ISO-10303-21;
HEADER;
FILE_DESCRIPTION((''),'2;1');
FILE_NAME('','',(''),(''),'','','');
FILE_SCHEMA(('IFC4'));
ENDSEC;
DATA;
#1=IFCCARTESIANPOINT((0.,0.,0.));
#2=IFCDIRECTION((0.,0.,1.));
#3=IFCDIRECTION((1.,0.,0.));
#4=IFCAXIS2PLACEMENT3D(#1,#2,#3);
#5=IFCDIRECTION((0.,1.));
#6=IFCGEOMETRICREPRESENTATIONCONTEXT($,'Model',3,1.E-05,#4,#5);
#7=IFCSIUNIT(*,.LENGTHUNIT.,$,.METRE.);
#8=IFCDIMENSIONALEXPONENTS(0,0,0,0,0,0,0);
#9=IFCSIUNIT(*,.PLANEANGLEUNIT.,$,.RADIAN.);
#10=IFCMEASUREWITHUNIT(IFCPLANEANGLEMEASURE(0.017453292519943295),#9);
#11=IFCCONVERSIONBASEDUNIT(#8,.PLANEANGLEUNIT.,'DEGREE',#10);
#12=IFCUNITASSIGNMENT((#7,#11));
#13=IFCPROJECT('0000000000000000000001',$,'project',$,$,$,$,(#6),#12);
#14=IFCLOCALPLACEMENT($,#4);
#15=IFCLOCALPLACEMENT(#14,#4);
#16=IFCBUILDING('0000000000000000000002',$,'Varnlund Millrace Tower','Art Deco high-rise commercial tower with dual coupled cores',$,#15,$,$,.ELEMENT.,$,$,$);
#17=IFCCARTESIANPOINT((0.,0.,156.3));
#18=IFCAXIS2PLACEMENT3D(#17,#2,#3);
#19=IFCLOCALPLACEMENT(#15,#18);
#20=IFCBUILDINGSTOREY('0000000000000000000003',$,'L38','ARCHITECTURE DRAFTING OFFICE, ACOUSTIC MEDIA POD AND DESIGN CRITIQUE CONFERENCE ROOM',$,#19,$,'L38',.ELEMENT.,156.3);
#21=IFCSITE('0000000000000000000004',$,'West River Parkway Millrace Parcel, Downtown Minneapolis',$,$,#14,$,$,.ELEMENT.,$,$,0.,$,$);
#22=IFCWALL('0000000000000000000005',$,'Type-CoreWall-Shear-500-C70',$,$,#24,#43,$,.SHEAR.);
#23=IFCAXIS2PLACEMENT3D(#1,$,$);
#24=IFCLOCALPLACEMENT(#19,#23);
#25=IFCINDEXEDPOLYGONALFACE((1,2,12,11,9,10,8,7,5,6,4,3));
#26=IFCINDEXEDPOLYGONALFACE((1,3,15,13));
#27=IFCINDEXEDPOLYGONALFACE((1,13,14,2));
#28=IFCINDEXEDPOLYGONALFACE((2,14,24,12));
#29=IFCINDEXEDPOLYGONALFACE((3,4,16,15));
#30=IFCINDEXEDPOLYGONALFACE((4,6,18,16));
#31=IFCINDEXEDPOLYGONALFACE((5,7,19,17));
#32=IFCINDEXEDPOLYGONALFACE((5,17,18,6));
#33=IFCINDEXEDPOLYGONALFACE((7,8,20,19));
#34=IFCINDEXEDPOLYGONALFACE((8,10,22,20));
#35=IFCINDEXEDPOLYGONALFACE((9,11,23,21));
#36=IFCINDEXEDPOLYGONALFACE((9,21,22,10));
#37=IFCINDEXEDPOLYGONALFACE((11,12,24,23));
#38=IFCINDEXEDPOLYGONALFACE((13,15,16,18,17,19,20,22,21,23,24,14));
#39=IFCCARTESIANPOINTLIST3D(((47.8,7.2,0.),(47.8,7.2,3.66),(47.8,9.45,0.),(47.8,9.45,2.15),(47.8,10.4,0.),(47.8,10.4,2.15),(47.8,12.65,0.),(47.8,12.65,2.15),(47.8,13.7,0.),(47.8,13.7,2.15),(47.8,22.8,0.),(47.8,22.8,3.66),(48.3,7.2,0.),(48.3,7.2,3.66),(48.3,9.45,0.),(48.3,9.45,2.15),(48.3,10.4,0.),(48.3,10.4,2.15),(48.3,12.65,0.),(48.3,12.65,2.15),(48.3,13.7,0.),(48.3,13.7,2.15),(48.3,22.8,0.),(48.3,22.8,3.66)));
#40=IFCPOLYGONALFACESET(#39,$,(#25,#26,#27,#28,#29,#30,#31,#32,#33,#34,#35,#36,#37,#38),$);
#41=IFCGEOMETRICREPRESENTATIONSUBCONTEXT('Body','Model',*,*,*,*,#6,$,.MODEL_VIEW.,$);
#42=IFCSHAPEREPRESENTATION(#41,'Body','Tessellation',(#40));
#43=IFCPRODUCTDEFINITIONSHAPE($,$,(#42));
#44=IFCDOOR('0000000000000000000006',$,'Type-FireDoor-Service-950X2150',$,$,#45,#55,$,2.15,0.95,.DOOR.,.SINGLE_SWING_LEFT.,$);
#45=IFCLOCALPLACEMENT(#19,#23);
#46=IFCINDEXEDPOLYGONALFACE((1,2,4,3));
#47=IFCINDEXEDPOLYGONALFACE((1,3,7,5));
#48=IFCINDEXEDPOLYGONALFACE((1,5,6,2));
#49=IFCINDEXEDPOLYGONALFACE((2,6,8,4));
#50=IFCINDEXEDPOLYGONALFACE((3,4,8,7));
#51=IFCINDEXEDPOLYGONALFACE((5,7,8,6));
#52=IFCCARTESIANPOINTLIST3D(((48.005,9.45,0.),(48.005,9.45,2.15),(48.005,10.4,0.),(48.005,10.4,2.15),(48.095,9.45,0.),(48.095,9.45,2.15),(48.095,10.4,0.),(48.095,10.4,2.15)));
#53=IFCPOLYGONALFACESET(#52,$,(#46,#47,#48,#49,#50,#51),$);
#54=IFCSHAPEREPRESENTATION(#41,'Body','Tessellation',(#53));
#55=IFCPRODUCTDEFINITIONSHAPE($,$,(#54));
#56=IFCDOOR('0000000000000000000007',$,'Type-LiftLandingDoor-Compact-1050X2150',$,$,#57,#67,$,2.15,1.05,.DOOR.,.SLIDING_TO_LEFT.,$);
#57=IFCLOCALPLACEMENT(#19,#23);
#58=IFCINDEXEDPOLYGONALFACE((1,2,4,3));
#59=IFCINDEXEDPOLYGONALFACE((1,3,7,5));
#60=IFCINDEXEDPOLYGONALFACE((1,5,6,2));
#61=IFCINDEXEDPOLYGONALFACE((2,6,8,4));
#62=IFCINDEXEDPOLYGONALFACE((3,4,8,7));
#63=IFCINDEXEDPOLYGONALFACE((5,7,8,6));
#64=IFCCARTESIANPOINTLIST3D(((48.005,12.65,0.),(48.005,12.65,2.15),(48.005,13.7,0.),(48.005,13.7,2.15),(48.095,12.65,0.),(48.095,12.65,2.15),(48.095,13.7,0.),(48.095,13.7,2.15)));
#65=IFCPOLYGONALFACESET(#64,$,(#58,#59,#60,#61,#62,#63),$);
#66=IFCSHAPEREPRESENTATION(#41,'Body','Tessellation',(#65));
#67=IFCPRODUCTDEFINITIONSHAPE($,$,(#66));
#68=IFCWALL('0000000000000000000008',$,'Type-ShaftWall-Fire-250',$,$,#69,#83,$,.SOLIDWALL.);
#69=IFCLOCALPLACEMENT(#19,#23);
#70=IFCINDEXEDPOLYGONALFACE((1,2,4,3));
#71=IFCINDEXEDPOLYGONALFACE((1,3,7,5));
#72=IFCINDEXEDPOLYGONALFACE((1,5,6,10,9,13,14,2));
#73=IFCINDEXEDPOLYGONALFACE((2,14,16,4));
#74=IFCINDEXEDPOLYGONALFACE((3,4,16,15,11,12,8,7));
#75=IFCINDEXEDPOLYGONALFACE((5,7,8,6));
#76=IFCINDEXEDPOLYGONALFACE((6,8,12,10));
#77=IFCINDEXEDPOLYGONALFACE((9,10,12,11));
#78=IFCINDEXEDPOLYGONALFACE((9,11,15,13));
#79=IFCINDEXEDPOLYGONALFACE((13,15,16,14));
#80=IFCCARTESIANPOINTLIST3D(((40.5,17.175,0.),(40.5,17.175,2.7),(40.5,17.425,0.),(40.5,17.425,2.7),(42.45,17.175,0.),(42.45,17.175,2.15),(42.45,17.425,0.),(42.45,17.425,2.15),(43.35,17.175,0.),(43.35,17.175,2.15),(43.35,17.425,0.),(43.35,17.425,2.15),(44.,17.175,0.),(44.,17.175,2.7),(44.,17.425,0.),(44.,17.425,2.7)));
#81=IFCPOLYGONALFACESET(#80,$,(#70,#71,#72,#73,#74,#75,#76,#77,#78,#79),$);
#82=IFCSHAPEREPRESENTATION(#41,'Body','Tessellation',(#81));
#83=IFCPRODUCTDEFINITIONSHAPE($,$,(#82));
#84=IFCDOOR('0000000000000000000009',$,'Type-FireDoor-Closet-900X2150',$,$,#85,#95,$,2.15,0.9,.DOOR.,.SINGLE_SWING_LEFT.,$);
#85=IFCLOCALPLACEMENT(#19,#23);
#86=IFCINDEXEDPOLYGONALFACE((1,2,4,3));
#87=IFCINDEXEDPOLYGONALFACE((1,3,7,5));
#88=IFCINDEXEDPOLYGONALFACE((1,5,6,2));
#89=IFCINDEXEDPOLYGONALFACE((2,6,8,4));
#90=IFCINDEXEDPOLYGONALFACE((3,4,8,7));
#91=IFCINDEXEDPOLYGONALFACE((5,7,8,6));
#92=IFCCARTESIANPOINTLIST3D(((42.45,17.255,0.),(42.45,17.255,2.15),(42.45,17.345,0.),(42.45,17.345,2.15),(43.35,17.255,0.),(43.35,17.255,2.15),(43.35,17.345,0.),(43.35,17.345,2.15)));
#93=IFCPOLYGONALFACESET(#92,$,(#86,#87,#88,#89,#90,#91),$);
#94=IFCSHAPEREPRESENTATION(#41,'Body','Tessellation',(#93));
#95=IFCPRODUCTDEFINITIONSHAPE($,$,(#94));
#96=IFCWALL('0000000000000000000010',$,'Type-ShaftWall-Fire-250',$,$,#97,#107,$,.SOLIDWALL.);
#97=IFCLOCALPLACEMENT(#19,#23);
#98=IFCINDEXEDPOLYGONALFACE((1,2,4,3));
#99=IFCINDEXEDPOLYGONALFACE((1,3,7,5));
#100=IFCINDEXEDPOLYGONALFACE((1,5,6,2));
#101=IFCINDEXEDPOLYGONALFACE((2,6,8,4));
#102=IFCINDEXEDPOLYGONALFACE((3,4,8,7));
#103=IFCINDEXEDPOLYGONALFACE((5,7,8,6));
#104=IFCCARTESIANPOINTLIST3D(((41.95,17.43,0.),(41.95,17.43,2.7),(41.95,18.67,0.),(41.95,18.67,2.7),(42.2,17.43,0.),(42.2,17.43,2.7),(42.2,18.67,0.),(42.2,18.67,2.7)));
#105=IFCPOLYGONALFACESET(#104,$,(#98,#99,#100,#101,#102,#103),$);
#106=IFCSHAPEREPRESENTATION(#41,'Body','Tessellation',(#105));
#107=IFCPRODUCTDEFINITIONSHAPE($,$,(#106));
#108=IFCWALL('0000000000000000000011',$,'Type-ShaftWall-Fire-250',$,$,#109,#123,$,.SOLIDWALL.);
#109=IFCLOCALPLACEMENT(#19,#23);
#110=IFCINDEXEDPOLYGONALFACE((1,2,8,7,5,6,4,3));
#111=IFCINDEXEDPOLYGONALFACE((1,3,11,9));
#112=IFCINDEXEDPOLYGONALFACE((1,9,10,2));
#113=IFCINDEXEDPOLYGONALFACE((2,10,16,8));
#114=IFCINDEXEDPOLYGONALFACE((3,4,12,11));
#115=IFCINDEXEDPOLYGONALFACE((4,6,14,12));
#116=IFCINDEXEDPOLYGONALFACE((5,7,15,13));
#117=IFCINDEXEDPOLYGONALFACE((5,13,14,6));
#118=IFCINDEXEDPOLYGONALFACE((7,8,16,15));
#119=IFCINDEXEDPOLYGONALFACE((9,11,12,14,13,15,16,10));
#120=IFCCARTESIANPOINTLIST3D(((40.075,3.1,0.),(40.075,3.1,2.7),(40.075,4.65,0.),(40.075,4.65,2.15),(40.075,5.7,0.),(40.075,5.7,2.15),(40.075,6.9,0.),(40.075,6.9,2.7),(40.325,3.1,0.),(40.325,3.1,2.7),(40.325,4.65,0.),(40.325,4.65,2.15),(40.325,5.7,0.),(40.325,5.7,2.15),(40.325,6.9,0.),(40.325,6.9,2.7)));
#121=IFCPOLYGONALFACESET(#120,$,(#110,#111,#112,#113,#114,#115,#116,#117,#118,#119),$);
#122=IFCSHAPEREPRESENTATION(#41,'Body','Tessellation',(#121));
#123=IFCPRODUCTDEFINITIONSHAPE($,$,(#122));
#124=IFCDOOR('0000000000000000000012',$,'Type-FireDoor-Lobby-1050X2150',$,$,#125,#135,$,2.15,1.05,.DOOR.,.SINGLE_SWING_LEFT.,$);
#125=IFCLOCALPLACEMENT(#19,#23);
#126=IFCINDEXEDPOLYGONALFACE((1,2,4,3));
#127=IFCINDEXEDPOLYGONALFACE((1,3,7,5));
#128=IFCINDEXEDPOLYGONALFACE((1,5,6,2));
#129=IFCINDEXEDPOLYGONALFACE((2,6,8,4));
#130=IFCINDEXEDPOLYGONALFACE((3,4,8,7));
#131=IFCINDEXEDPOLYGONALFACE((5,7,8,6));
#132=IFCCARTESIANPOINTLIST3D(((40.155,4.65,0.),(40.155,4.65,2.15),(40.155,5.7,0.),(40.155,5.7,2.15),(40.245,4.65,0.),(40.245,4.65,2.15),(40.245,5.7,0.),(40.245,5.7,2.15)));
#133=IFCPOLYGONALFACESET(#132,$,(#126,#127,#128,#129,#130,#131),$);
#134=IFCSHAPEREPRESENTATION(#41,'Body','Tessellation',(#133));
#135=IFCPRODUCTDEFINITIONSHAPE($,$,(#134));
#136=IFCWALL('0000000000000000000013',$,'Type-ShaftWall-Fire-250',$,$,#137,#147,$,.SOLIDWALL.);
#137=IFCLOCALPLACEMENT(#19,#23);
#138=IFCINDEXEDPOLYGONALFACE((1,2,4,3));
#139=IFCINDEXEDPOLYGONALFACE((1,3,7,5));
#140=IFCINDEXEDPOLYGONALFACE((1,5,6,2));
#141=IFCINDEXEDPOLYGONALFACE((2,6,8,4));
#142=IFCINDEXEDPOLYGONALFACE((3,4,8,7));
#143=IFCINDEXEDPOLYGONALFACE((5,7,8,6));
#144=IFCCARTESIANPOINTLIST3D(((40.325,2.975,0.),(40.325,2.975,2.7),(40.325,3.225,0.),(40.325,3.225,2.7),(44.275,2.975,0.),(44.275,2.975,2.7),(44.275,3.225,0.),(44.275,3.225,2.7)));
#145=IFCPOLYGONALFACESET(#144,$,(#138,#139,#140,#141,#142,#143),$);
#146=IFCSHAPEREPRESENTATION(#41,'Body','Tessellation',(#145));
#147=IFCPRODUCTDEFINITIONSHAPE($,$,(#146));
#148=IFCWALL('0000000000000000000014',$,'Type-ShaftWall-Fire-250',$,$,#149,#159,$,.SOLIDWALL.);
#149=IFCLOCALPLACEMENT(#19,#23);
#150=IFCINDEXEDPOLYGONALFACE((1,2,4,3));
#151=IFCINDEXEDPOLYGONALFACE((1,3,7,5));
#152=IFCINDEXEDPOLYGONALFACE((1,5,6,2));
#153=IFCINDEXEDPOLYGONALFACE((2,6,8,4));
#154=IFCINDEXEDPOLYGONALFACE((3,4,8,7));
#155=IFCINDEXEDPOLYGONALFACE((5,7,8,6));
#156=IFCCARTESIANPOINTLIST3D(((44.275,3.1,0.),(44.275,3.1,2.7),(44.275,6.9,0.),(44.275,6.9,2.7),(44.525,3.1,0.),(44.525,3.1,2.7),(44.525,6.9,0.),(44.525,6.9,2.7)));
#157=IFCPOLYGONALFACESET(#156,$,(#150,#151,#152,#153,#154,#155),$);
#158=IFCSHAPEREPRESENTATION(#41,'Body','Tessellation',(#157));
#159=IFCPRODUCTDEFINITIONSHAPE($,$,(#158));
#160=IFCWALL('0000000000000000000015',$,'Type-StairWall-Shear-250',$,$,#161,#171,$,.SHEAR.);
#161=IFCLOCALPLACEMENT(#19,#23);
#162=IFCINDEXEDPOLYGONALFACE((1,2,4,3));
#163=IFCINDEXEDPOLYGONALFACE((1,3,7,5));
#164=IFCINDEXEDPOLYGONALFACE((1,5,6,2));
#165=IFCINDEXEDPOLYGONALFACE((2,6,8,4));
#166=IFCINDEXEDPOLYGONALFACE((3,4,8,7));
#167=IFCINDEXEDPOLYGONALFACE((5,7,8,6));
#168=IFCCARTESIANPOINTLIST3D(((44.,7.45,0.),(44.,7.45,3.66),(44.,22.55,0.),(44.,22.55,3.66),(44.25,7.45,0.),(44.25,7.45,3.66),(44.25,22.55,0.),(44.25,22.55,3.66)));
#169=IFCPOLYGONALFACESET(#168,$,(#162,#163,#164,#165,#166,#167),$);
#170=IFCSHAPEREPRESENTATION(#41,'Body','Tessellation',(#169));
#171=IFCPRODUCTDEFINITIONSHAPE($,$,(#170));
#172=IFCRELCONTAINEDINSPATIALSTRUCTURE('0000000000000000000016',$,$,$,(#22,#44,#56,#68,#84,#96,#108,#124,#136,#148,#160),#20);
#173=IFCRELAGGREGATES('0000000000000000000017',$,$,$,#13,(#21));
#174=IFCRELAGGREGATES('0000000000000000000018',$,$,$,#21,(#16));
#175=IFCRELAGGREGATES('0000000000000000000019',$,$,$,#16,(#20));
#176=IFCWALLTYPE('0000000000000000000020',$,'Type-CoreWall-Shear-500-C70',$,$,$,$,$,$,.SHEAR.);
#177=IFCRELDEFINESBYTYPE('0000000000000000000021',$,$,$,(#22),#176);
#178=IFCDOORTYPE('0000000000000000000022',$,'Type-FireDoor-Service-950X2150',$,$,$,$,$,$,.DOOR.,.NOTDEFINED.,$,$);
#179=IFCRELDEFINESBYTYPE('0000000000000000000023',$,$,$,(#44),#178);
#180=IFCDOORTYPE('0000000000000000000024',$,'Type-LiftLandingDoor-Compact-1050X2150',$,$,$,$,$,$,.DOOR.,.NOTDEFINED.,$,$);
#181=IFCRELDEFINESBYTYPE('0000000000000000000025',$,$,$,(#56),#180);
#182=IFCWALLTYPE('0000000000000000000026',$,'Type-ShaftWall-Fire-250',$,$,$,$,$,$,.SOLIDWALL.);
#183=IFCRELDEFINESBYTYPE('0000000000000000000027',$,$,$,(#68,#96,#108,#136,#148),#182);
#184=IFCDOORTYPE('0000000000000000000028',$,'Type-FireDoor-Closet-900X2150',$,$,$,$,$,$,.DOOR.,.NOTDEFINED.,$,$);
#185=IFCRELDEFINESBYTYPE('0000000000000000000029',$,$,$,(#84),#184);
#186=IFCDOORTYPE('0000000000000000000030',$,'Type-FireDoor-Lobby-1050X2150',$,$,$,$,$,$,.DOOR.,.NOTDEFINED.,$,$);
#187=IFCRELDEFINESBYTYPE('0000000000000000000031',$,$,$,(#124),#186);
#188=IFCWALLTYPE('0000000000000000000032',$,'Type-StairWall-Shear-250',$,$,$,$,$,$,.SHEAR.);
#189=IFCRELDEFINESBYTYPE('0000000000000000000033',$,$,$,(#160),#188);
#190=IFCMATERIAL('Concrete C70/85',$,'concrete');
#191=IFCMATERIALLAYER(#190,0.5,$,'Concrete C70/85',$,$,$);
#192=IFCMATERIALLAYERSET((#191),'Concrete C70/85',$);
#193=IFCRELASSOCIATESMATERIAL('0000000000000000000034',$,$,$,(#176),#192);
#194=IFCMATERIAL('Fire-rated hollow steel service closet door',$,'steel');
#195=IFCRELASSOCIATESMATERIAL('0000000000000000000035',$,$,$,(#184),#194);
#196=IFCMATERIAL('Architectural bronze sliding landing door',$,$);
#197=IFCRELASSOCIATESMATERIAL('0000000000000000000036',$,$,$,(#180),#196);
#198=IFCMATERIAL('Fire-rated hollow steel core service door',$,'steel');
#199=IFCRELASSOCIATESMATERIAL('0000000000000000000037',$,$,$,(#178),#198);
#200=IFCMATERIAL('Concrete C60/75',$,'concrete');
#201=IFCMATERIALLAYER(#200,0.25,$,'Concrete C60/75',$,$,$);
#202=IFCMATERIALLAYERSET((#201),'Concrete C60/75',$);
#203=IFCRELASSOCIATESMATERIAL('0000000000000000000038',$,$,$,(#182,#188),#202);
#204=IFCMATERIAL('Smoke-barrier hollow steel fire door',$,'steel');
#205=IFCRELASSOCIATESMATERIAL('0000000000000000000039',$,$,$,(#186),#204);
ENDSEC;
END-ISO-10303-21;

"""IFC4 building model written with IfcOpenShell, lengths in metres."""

from ifc_helpers import new_model, entity, si_unit, converted_unit, direction, frame, origin_with_axes, origin_2d_with_axis, place, context, subcontext, project, spatial, polyline, rectangle, outline, extrude, material, layer, layer_set, type_object, element, fill, save


model = new_model("IFC4")

# Units and contexts
model_context = context("Model", 3, precision=1e-05, world=origin_with_axes(), true_north=direction((0.0, 1.0)))
body_context = subcontext(model_context, "Body", "Model", "MODEL_VIEW")
ifc_project = project(units=[si_unit("LENGTHUNIT", "METRE"), converted_unit("PLANEANGLEUNIT", "DEGREE", entity("IfcPlaneAngleMeasure", 0.017453292519943295), si_unit("PLANEANGLEUNIT", "RADIAN"), dimensions=[0, 0, 0, 0, 0, 0, 0])], contexts=[model_context])

# Site, building, storey
site_placement = place(None, origin_with_axes())
site = spatial("IfcSite", under=ifc_project, at=site_placement, Name="West River Parkway Millrace Parcel, Downtown Minneapolis", CompositionType="ELEMENT", RefElevation=0.0)
building_placement = place(site_placement, origin_with_axes())
building = spatial("IfcBuilding", under=site, at=building_placement, Name="Varnlund Millrace Tower", Description="Art Deco high-rise commercial tower with dual coupled cores", CompositionType="ELEMENT")
storey_placement = place(building_placement, frame((0.0, 0.0, 156.3), z_axis=(0.0, 0.0, 1.0), x_axis=(1.0, 0.0, 0.0)))
storey = spatial("IfcBuildingStorey", under=building, at=storey_placement, Name="L38", Description="ARCHITECTURE DRAFTING OFFICE, ACOUSTIC MEDIA POD AND DESIGN CRITIQUE CONFERENCE ROOM", LongName="L38", CompositionType="ELEMENT", Elevation=156.3)

# Shared definitions
ifc_material_1 = material(Name="Concrete C70/85", Category="concrete")

# Shared definitions
ifc_layer_1 = layer(ifc_material_1, 0.5, Name="Concrete C70/85")
ifc_layer_set_1 = layer_set([ifc_layer_1], Name="Concrete C70/85")
wall_type_1 = type_object("IfcWallType", Name="Type-CoreWall-Shear-500-C70", PredefinedType="SHEAR", material=ifc_layer_set_1)
ifc_material_2 = material(Name="Fire-rated hollow steel service closet door", Category="steel")
door_type_1 = type_object("IfcDoorType", Name="Type-FireDoor-Closet-900X2150", OperationType="NOTDEFINED", PredefinedType="DOOR", material=ifc_material_2)
ifc_material_3 = material(Name="Architectural bronze sliding landing door")
door_type_2 = type_object("IfcDoorType", Name="Type-LiftLandingDoor-Compact-1050X2150", OperationType="NOTDEFINED", PredefinedType="DOOR", material=ifc_material_3)

# Wall, openings, doors
wall_1_placement = place(storey_placement, frame((48.05, 7.2, 0.0), z_axis=(0.0, 0.0, 1.0), x_axis=(0.0, 1.0, 0.0)))
wall_1 = element("IfcWall", 1, at=wall_1_placement, inside=storey, type_object=wall_type_1, Name="Type-CoreWall-Shear-500-C70", PredefinedType="SHEAR", context=body_context, shape_type="SweptSolid", body=[
    extrude(outline(polyline([(0.0, -0.25), (15.6, -0.25), (15.6, 0.25), (0.0, 0.25), (0.0, -0.25)])), origin_with_axes(), (0.0, 0.0, 1.0), 3.66),
])
opening_1_placement = place(wall_1_placement, frame((5.975, 0.0, 0.0), z_axis=(0.0, 0.0, 1.0), x_axis=(1.0, 0.0, 0.0)))
opening_1 = element("IfcOpeningElement", 2, at=opening_1_placement, cuts=wall_1, PredefinedType="OPENING", context=body_context, shape_type="SweptSolid", body=[
    extrude(rectangle(XDim=1.05, YDim=0.52, at=origin_2d_with_axis()), origin_with_axes(), (0.0, 0.0, 1.0), 2.15),
])
opening_2_placement = place(wall_1_placement, frame((2.725, 0.0, 0.0), z_axis=(0.0, 0.0, 1.0), x_axis=(1.0, 0.0, 0.0)))
opening_2 = element("IfcOpeningElement", 3, at=opening_2_placement, cuts=wall_1, PredefinedType="OPENING", context=body_context, shape_type="SweptSolid", body=[
    extrude(rectangle(XDim=0.95, YDim=0.52, at=origin_2d_with_axis()), origin_with_axes(), (0.0, 0.0, 1.0), 2.15),
])
ifc_material_4 = material(Name="Fire-rated hollow steel core service door", Category="steel")
door_type_3 = type_object("IfcDoorType", Name="Type-FireDoor-Service-950X2150", OperationType="NOTDEFINED", PredefinedType="DOOR", material=ifc_material_4)
door_1_placement = place(wall_1_placement, frame((2.725, 0.0, 0.0), z_axis=(0.0, 0.0, 1.0), x_axis=(1.0, 0.0, 0.0)))
door_1 = element("IfcDoor", 4, at=door_1_placement, inside=storey, type_object=door_type_3, Name="Type-FireDoor-Service-950X2150", OperationType="SINGLE_SWING_LEFT", OverallHeight=2.15, OverallWidth=0.95, PredefinedType="DOOR", context=body_context, shape_type="SweptSolid", body=[
    extrude(rectangle(XDim=0.95, YDim=0.09, at=origin_2d_with_axis()), origin_with_axes(), (0.0, 0.0, 1.0), 2.15),
])
fill(opening_2, door_1)
door_2_placement = place(wall_1_placement, frame((5.975, 0.0, 0.0), z_axis=(0.0, 0.0, 1.0), x_axis=(1.0, 0.0, 0.0)))
door_2 = element("IfcDoor", 5, at=door_2_placement, inside=storey, type_object=door_type_2, Name="Type-LiftLandingDoor-Compact-1050X2150", OperationType="SLIDING_TO_LEFT", OverallHeight=2.15, OverallWidth=1.05, PredefinedType="DOOR", context=body_context, shape_type="SweptSolid", body=[
    extrude(rectangle(XDim=1.05, YDim=0.09, at=origin_2d_with_axis()), origin_with_axes(), (0.0, 0.0, 1.0), 2.15),
])
fill(opening_1, door_2)

# Wall, opening, door
ifc_material_5 = material(Name="Concrete C60/75", Category="concrete")
ifc_layer_2 = layer(ifc_material_5, 0.25, Name="Concrete C60/75")
ifc_layer_set_2 = layer_set([ifc_layer_2], Name="Concrete C60/75")
wall_type_2 = type_object("IfcWallType", Name="Type-ShaftWall-Fire-250", PredefinedType="SOLIDWALL", material=ifc_layer_set_2)
wall_2_placement = place(storey_placement, frame((40.5, 17.3, 0.0), z_axis=(0.0, 0.0, 1.0), x_axis=(1.0, 0.0, 0.0)))
wall_2 = element("IfcWall", 6, at=wall_2_placement, inside=storey, type_object=wall_type_2, Name="Type-ShaftWall-Fire-250", PredefinedType="SOLIDWALL", context=body_context, shape_type="SweptSolid", body=[
    extrude(outline(polyline([(0.0, -0.125), (3.5, -0.125), (3.5, 0.125), (0.0, 0.125), (0.0, -0.125)])), origin_with_axes(), (0.0, 0.0, 1.0), 2.7),
])
opening_3_placement = place(wall_2_placement, frame((2.4, 0.0, 0.0), z_axis=(0.0, 0.0, 1.0), x_axis=(1.0, 0.0, 0.0)))
opening_3 = element("IfcOpeningElement", 7, at=opening_3_placement, cuts=wall_2, PredefinedType="OPENING", context=body_context, shape_type="SweptSolid", body=[
    extrude(rectangle(XDim=0.9, YDim=0.27, at=origin_2d_with_axis()), origin_with_axes(), (0.0, 0.0, 1.0), 2.15),
])
door_3_placement = place(wall_2_placement, frame((2.4, 0.0, 0.0), z_axis=(0.0, 0.0, 1.0), x_axis=(1.0, 0.0, 0.0)))
door_3 = element("IfcDoor", 8, at=door_3_placement, inside=storey, type_object=door_type_1, Name="Type-FireDoor-Closet-900X2150", OperationType="SINGLE_SWING_LEFT", OverallHeight=2.15, OverallWidth=0.9, PredefinedType="DOOR", context=body_context, shape_type="SweptSolid", body=[
    extrude(rectangle(XDim=0.9, YDim=0.09, at=origin_2d_with_axis()), origin_with_axes(), (0.0, 0.0, 1.0), 2.15),
])
fill(opening_3, door_3)

# Wall
wall_3_placement = place(storey_placement, frame((42.075, 17.43, 0.0), z_axis=(0.0, 0.0, 1.0), x_axis=(0.0, 1.0, 0.0)))
element("IfcWall", 9, at=wall_3_placement, inside=storey, type_object=wall_type_2, Name="Type-ShaftWall-Fire-250", PredefinedType="SOLIDWALL", context=body_context, shape_type="SweptSolid", body=[
    extrude(outline(polyline([(0.0, -0.125), (1.24, -0.125), (1.24, 0.125), (0.0, 0.125), (0.0, -0.125)])), origin_with_axes(), (0.0, 0.0, 1.0), 2.7),
])

# Wall, opening, door
wall_4_placement = place(storey_placement, frame((40.2, 3.1, 0.0), z_axis=(0.0, 0.0, 1.0), x_axis=(0.0, 1.0, 0.0)))
wall_4 = element("IfcWall", 10, at=wall_4_placement, inside=storey, type_object=wall_type_2, Name="Type-ShaftWall-Fire-250", PredefinedType="SOLIDWALL", context=body_context, shape_type="SweptSolid", body=[
    extrude(outline(polyline([(0.0, -0.125), (3.8, -0.125), (3.8, 0.125), (0.0, 0.125), (0.0, -0.125)])), origin_with_axes(), (0.0, 0.0, 1.0), 2.7),
])
opening_4_placement = place(wall_4_placement, frame((2.075, 0.0, 0.0), z_axis=(0.0, 0.0, 1.0), x_axis=(1.0, 0.0, 0.0)))
opening_4 = element("IfcOpeningElement", 11, at=opening_4_placement, cuts=wall_4, PredefinedType="OPENING", context=body_context, shape_type="SweptSolid", body=[
    extrude(rectangle(XDim=1.05, YDim=0.27, at=origin_2d_with_axis()), origin_with_axes(), (0.0, 0.0, 1.0), 2.15),
])
ifc_material_6 = material(Name="Smoke-barrier hollow steel fire door", Category="steel")
door_type_4 = type_object("IfcDoorType", Name="Type-FireDoor-Lobby-1050X2150", OperationType="NOTDEFINED", PredefinedType="DOOR", material=ifc_material_6)
door_4_placement = place(wall_4_placement, frame((2.075, 0.0, 0.0), z_axis=(0.0, 0.0, 1.0), x_axis=(1.0, 0.0, 0.0)))
door_4 = element("IfcDoor", 12, at=door_4_placement, inside=storey, type_object=door_type_4, Name="Type-FireDoor-Lobby-1050X2150", OperationType="SINGLE_SWING_LEFT", OverallHeight=2.15, OverallWidth=1.05, PredefinedType="DOOR", context=body_context, shape_type="SweptSolid", body=[
    extrude(rectangle(XDim=1.05, YDim=0.09, at=origin_2d_with_axis()), origin_with_axes(), (0.0, 0.0, 1.0), 2.15),
])
fill(opening_4, door_4)

# Walls
wall_5_placement = place(storey_placement, frame((40.325, 3.1, 0.0), z_axis=(0.0, 0.0, 1.0), x_axis=(1.0, 0.0, 0.0)))
element("IfcWall", 13, at=wall_5_placement, inside=storey, type_object=wall_type_2, Name="Type-ShaftWall-Fire-250", PredefinedType="SOLIDWALL", context=body_context, shape_type="SweptSolid", body=[
    extrude(outline(polyline([(0.0, -0.125), (3.95, -0.125), (3.95, 0.125), (0.0, 0.125), (0.0, -0.125)])), origin_with_axes(), (0.0, 0.0, 1.0), 2.7),
])
wall_6_placement = place(storey_placement, frame((44.4, 3.1, 0.0), z_axis=(0.0, 0.0, 1.0), x_axis=(0.0, 1.0, 0.0)))
element("IfcWall", 14, at=wall_6_placement, inside=storey, type_object=wall_type_2, Name="Type-ShaftWall-Fire-250", PredefinedType="SOLIDWALL", context=body_context, shape_type="SweptSolid", body=[
    extrude(outline(polyline([(0.0, -0.125), (3.8, -0.125), (3.8, 0.125), (0.0, 0.125), (0.0, -0.125)])), origin_with_axes(), (0.0, 0.0, 1.0), 2.7),
])
wall_type_3 = type_object("IfcWallType", Name="Type-StairWall-Shear-250", PredefinedType="SHEAR", material=ifc_layer_set_2)
wall_7_placement = place(storey_placement, frame((44.125, 7.45, 0.0), z_axis=(0.0, 0.0, 1.0), x_axis=(0.0, 1.0, 0.0)))
element("IfcWall", 15, at=wall_7_placement, inside=storey, type_object=wall_type_3, Name="Type-StairWall-Shear-250", PredefinedType="SHEAR", context=body_context, shape_type="SweptSolid", body=[
    extrude(outline(polyline([(0.0, -0.125), (15.1, -0.125), (15.1, 0.125), (0.0, 0.125), (0.0, -0.125)])), origin_with_axes(), (0.0, 0.0, 1.0), 3.66),
])

save(model, "model.ifc")
